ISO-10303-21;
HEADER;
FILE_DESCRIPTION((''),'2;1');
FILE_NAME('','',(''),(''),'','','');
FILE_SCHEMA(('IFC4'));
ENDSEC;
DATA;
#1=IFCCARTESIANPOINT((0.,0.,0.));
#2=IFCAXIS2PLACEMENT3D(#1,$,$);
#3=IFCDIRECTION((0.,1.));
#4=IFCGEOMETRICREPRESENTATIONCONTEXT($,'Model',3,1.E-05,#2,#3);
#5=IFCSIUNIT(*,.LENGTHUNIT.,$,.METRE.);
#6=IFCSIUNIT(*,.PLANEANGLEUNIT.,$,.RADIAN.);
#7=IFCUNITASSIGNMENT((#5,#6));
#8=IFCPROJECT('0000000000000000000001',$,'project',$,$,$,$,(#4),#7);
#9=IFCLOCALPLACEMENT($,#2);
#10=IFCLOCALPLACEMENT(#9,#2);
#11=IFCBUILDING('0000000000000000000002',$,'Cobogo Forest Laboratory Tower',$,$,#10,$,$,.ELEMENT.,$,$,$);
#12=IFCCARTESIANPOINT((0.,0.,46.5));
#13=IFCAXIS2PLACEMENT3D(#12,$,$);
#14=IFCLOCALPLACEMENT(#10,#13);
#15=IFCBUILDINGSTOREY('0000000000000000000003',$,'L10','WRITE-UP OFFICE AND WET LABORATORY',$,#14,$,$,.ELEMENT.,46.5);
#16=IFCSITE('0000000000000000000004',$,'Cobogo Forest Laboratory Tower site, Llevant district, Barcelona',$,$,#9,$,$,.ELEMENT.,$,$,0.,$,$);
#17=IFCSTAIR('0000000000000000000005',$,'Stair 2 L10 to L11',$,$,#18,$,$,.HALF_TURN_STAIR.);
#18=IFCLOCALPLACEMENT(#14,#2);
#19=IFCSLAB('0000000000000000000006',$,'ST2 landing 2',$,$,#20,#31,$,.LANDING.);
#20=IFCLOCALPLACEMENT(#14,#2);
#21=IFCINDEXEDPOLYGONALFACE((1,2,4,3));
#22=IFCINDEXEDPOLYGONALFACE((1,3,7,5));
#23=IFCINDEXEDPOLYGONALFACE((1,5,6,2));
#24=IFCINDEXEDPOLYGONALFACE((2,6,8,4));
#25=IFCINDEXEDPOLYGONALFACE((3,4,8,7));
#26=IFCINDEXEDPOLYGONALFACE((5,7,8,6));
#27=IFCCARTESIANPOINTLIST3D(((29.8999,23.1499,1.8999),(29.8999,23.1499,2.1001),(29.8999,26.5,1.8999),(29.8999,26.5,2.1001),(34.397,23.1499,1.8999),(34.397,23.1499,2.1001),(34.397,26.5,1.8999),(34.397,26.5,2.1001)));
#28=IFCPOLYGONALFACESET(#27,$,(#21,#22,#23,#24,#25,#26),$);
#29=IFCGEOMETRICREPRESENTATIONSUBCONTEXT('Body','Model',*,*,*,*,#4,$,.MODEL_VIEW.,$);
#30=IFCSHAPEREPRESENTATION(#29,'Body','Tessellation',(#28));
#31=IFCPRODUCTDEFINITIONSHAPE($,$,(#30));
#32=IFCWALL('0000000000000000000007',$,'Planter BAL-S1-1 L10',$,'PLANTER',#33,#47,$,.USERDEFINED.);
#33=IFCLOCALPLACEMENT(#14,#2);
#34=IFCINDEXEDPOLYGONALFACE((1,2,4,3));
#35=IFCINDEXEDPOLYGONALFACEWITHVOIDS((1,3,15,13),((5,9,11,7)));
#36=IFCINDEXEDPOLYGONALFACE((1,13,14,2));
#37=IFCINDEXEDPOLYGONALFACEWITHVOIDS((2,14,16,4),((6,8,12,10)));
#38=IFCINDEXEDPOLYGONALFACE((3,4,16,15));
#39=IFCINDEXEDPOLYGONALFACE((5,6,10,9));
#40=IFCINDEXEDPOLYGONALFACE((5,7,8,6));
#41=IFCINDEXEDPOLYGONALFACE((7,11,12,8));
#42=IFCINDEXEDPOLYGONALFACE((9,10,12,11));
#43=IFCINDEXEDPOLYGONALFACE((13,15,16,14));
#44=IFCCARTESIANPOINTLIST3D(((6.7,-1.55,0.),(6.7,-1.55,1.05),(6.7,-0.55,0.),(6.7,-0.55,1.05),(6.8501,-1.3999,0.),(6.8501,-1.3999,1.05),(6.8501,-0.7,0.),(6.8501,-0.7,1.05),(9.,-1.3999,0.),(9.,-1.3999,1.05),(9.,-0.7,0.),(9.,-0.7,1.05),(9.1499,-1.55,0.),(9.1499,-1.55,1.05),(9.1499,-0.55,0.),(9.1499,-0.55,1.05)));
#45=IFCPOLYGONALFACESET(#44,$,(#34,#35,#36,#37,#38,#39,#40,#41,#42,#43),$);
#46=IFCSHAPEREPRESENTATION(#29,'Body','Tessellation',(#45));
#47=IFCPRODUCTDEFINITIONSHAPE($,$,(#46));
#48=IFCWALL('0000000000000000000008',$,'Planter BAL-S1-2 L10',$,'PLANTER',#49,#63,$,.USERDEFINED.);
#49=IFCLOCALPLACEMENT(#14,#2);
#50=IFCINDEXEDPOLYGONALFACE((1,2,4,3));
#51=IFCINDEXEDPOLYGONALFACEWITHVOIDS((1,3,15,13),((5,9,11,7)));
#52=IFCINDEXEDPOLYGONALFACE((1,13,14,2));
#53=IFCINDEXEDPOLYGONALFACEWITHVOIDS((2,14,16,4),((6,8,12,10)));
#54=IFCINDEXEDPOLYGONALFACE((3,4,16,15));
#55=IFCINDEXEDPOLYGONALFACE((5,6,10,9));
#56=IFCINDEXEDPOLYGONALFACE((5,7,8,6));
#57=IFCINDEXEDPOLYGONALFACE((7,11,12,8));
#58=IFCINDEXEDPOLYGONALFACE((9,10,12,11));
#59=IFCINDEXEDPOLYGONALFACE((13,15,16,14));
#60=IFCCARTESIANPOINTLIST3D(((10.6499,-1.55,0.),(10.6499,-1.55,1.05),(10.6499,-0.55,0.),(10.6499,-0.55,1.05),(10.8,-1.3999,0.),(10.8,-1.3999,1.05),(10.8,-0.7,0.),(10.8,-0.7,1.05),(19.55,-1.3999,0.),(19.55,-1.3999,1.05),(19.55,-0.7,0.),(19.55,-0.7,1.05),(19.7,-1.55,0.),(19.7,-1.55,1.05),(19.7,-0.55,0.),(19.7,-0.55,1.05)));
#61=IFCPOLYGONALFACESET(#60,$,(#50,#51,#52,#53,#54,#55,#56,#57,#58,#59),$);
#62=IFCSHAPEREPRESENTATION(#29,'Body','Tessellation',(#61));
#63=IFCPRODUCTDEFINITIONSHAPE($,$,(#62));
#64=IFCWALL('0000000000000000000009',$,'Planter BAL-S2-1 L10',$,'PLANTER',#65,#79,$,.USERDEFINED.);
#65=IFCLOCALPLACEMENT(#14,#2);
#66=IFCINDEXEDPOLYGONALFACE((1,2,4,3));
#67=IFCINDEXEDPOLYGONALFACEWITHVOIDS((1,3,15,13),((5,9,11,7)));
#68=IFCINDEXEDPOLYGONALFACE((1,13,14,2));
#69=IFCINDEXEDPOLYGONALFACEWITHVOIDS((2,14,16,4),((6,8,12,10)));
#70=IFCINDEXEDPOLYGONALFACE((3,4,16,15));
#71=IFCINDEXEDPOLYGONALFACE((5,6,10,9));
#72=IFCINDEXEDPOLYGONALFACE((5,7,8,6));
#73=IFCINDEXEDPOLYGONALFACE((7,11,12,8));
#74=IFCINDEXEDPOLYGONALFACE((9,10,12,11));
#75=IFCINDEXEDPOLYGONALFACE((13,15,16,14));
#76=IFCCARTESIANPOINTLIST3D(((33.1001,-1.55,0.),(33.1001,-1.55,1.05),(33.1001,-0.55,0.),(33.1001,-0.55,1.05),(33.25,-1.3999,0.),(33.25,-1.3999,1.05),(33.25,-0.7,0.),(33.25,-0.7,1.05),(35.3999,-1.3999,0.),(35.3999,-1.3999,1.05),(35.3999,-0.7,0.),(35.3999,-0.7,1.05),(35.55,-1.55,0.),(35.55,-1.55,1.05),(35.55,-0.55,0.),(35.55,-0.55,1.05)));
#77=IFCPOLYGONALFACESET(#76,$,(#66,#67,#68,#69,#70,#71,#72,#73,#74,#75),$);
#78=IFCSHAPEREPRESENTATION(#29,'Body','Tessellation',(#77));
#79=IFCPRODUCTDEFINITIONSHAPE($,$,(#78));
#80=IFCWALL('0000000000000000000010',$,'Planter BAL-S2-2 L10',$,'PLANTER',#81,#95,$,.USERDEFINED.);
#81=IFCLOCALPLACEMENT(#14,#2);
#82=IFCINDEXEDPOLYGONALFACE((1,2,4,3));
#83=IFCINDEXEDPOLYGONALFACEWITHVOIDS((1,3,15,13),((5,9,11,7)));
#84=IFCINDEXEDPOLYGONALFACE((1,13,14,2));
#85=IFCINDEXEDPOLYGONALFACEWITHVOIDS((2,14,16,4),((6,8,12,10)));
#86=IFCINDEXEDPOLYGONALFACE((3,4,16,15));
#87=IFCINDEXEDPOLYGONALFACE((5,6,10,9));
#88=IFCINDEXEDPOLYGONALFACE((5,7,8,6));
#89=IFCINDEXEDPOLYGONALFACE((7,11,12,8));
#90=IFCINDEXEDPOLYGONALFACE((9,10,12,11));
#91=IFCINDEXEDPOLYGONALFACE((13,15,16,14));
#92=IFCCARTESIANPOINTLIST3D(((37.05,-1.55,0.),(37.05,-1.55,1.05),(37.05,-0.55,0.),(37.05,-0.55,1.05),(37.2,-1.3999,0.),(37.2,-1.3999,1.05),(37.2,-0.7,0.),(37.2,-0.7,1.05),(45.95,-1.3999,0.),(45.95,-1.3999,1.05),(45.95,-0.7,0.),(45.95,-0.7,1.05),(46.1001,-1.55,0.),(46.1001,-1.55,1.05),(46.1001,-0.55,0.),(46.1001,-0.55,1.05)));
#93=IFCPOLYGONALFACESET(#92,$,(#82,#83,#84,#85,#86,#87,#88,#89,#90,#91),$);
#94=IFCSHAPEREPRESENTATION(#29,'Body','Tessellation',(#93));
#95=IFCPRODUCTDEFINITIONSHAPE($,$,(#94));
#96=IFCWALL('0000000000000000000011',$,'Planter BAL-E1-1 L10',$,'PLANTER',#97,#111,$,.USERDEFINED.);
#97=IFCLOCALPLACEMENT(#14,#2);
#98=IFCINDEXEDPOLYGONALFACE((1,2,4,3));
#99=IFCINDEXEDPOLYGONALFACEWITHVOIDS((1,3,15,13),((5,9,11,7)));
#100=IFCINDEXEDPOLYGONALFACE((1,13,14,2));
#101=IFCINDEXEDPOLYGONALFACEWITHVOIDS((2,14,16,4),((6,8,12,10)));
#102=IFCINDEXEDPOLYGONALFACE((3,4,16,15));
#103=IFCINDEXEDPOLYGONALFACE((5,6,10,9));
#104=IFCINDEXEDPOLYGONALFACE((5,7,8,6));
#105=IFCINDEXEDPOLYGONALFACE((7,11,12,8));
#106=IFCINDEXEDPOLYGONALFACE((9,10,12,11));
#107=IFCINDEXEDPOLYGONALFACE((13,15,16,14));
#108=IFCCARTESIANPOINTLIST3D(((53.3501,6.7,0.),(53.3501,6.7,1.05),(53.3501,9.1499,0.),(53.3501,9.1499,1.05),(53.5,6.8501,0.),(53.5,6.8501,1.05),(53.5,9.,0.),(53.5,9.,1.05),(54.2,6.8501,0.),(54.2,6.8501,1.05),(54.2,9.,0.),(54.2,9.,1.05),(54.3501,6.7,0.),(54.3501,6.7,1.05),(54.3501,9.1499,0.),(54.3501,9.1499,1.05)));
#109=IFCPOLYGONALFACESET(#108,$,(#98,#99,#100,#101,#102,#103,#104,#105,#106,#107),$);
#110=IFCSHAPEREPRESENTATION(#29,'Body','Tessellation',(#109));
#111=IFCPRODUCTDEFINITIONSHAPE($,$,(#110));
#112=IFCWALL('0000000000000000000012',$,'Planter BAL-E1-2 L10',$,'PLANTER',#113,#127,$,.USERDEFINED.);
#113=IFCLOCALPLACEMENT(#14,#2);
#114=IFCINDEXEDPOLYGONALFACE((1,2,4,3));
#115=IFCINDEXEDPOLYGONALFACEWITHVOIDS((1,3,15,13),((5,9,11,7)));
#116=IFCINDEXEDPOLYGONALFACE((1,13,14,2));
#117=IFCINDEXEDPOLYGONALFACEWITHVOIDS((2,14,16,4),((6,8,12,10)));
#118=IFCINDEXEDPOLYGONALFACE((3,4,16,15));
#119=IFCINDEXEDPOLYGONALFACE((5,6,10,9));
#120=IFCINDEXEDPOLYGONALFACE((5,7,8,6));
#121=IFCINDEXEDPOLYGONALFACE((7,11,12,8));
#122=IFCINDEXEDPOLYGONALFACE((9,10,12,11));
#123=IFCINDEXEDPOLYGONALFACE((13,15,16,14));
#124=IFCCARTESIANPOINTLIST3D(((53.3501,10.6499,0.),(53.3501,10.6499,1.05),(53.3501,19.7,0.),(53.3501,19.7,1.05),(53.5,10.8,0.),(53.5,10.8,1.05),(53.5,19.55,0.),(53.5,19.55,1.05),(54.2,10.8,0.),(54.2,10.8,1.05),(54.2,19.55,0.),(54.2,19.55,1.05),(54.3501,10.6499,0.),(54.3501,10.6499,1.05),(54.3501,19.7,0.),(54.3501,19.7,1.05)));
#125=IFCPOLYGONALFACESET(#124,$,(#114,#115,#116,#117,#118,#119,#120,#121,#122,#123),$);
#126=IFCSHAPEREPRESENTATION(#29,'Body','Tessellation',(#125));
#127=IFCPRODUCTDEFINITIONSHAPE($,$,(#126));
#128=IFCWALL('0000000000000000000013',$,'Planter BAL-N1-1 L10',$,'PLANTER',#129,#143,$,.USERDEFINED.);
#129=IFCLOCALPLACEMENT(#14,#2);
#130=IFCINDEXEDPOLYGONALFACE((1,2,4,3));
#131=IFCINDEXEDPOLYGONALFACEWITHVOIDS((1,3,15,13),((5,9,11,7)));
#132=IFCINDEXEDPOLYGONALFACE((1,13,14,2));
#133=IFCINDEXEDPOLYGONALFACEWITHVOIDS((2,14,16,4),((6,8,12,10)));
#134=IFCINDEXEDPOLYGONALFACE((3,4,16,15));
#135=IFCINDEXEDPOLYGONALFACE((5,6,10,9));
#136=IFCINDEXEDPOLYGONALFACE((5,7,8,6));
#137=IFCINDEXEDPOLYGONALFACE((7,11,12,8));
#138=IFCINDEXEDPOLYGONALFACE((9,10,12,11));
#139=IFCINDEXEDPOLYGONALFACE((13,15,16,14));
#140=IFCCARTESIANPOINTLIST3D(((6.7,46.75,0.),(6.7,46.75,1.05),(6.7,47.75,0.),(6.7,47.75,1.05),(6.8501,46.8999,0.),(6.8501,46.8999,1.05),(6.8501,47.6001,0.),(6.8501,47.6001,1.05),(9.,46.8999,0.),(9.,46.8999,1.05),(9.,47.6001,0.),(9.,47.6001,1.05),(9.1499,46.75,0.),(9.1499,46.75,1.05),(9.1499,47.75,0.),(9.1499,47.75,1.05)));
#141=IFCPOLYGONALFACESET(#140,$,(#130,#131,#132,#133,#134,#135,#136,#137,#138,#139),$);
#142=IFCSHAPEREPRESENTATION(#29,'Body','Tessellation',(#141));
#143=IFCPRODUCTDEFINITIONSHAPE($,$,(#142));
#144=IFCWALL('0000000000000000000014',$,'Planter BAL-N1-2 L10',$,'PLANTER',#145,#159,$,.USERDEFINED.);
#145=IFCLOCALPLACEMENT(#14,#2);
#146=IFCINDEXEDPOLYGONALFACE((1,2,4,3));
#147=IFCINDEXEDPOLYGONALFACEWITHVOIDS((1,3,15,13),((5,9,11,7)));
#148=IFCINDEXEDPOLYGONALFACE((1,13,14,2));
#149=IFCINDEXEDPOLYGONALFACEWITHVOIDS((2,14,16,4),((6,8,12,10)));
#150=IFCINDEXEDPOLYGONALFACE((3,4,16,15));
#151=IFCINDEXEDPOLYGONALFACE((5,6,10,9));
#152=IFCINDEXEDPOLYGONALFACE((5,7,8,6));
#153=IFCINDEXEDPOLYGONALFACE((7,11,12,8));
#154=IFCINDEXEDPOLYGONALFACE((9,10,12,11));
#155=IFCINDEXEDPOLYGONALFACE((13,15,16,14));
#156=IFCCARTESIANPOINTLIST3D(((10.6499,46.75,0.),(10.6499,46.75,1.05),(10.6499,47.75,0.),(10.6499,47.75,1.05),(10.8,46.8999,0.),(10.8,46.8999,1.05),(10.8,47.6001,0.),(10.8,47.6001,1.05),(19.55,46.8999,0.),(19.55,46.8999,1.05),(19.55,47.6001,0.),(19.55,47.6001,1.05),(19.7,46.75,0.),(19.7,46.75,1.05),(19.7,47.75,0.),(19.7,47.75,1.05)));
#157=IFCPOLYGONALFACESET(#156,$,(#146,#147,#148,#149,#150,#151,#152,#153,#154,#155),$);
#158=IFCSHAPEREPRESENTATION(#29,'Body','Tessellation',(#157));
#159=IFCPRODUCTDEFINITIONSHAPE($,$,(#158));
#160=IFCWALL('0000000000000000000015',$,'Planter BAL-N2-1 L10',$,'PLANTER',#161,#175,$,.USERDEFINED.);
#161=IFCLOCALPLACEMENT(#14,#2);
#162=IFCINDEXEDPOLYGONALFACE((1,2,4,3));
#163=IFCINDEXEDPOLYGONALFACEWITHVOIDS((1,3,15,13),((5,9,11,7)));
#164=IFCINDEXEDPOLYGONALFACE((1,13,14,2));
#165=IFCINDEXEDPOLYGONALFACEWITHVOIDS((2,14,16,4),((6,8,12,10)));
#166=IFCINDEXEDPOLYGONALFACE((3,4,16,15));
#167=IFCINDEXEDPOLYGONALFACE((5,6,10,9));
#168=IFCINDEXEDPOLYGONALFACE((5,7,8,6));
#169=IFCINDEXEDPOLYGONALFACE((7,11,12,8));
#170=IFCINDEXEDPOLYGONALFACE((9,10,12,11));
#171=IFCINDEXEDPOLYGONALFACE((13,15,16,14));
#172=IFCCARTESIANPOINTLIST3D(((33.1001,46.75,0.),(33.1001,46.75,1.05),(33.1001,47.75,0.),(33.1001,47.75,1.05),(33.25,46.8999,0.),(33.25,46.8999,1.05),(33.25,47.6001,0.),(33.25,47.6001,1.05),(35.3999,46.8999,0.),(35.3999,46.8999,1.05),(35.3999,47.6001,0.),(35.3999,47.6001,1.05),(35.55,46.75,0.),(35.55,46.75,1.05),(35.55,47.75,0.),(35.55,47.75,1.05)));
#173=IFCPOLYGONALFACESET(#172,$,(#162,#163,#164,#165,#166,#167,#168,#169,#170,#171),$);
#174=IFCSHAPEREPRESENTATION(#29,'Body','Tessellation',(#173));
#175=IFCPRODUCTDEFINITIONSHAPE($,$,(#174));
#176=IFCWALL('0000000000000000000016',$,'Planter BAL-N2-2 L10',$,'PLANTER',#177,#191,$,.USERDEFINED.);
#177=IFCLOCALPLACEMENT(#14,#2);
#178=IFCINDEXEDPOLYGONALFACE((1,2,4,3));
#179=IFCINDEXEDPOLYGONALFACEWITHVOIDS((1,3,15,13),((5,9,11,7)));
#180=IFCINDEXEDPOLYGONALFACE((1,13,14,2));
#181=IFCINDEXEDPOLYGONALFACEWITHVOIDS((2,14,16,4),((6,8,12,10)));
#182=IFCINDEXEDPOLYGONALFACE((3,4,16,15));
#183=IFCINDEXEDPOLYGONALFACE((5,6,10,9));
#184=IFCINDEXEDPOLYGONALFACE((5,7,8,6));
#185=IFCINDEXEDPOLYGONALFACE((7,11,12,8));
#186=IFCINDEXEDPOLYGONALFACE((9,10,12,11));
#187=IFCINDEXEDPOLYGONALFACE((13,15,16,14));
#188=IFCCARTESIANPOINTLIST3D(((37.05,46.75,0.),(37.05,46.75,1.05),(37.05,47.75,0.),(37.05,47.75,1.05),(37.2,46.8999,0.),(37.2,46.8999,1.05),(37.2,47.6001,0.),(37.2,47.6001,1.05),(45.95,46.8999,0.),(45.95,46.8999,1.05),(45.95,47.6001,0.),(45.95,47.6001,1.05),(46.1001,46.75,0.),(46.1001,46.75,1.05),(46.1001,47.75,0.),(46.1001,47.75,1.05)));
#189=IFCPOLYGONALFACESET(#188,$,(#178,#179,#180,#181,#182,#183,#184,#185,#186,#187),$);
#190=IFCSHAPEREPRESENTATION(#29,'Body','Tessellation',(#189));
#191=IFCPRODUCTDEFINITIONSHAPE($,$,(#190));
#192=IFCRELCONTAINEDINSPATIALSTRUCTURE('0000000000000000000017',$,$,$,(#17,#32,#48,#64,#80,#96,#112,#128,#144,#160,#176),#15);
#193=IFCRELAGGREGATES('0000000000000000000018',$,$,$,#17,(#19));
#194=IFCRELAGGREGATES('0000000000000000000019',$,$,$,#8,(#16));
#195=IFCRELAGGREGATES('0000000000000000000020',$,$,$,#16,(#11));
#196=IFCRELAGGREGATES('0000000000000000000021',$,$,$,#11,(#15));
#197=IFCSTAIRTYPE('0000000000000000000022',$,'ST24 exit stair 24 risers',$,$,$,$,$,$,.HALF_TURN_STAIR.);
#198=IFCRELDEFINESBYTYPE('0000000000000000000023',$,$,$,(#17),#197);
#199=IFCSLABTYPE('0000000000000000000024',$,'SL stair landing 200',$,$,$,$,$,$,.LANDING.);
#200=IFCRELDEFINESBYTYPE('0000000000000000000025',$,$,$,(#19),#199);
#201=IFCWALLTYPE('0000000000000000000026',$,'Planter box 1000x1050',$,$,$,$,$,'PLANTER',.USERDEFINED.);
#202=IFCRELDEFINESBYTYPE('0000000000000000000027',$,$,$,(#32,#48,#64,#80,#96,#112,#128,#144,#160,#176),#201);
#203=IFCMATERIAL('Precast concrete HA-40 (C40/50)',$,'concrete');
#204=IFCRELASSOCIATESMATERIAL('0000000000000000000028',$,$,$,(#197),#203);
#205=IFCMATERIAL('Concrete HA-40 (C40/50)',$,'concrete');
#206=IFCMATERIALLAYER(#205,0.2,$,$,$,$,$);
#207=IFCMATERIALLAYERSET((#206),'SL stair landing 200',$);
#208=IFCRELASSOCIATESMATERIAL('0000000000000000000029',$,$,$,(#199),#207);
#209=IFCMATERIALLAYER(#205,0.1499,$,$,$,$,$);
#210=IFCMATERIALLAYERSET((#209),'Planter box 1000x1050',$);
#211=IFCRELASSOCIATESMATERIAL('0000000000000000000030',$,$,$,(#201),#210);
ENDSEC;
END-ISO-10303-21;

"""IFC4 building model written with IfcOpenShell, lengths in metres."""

from ifc_helpers import new_model, si_unit, direction, frame, origin, place, context, subcontext, project, spatial, polyline, outline, extrude, material, layer, layer_set, type_object, element, aggregate, save


model = new_model("IFC4")

# Units and contexts
model_context = context("Model", 3, precision=1e-05, world=origin(), true_north=direction((0.0, 1.0)))
body_context = subcontext(model_context, "Body", "Model", "MODEL_VIEW")
ifc_project = project(units=[si_unit("LENGTHUNIT", "METRE"), si_unit("PLANEANGLEUNIT", "RADIAN")], contexts=[model_context])

# Site, building, storey
site_placement = place(None, origin())
site = spatial("IfcSite", under=ifc_project, at=site_placement, Name="Cobogo Forest Laboratory Tower site, Llevant district, Barcelona", CompositionType="ELEMENT", RefElevation=0.0)
building_placement = place(site_placement, origin())
building = spatial("IfcBuilding", under=site, at=building_placement, Name="Cobogo Forest Laboratory Tower", CompositionType="ELEMENT")
storey_placement = place(building_placement, frame((0.0, 0.0, 46.5)))
storey = spatial("IfcBuildingStorey", under=building, at=storey_placement, Name="L10", Description="WRITE-UP OFFICE AND WET LABORATORY", CompositionType="ELEMENT", Elevation=46.5)

# Shared definitions
ifc_material_1 = material(Name="Concrete HA-40 (C40/50)", Category="concrete")

# Stair, slab
ifc_material_2 = material(Name="Precast concrete HA-40 (C40/50)", Category="concrete")
stair_type = type_object("IfcStairType", Name="ST24 exit stair 24 risers", PredefinedType="HALF_TURN_STAIR", material=ifc_material_2)
ifc_layer_1 = layer(ifc_material_1, 0.2)
ifc_layer_set_1 = layer_set([ifc_layer_1], Name="SL stair landing 200")
slab_type_1 = type_object("IfcSlabType", Name="SL stair landing 200", PredefinedType="LANDING", material=ifc_layer_set_1)
stair_1_placement = place(storey_placement, origin())
stair_1 = element("IfcStair", 1, at=stair_1_placement, inside=storey, type_object=stair_type, Name="Stair 2 L10 to L11", PredefinedType="HALF_TURN_STAIR")
slab_1_placement = place(storey_placement, frame((0.0, 0.0, 1.8999)))
slab_1 = element("IfcSlab", 2, at=slab_1_placement, type_object=slab_type_1, Name="ST2 landing 2", PredefinedType="LANDING", context=body_context, shape_type="SweptSolid", body=[
    extrude(outline(polyline([(29.8999, 23.1499), (34.397, 23.1499), (34.397, 26.5), (29.8999, 26.5), (29.8999, 23.1499)])), origin(), (0.0, 0.0, 1.0), 0.2002),
])
aggregate(stair_1, [slab_1])

# Walls
ifc_layer_2 = layer(ifc_material_1, 0.1499)
ifc_layer_set_2 = layer_set([ifc_layer_2], Name="Planter box 1000x1050")
wall_type = type_object("IfcWallType", Name="Planter box 1000x1050", ElementType="PLANTER", PredefinedType="USERDEFINED", material=ifc_layer_set_2)
wall_1_placement = place(storey_placement, origin())
element("IfcWall", 3, at=wall_1_placement, inside=storey, type_object=wall_type, Name="Planter BAL-S1-1 L10", ObjectType="PLANTER", PredefinedType="USERDEFINED", context=body_context, shape_type="SweptSolid", body=[
    extrude(outline(polyline([(6.7, -1.55), (9.1499, -1.55), (9.1499, -0.55), (6.7, -0.55), (6.7, -1.55)]), holes=[polyline([(6.8501, -1.3999), (9.0, -1.3999), (9.0, -0.7), (6.8501, -0.7), (6.8501, -1.3999)])]), origin(), (0.0, 0.0, 1.0), 1.05),
])
wall_2_placement = place(storey_placement, origin())
element("IfcWall", 4, at=wall_2_placement, inside=storey, type_object=wall_type, Name="Planter BAL-S1-2 L10", ObjectType="PLANTER", PredefinedType="USERDEFINED", context=body_context, shape_type="SweptSolid", body=[
    extrude(outline(polyline([(10.6499, -1.55), (19.7, -1.55), (19.7, -0.55), (10.6499, -0.55), (10.6499, -1.55)]), holes=[polyline([(10.8, -1.3999), (19.55, -1.3999), (19.55, -0.7), (10.8, -0.7), (10.8, -1.3999)])]), origin(), (0.0, 0.0, 1.0), 1.05),
])
wall_3_placement = place(storey_placement, origin())
element("IfcWall", 5, at=wall_3_placement, inside=storey, type_object=wall_type, Name="Planter BAL-S2-1 L10", ObjectType="PLANTER", PredefinedType="USERDEFINED", context=body_context, shape_type="SweptSolid", body=[
    extrude(outline(polyline([(33.1001, -1.55), (35.55, -1.55), (35.55, -0.55), (33.1001, -0.55), (33.1001, -1.55)]), holes=[polyline([(33.25, -1.3999), (35.3999, -1.3999), (35.3999, -0.7), (33.25, -0.7), (33.25, -1.3999)])]), origin(), (0.0, 0.0, 1.0), 1.05),
])
wall_4_placement = place(storey_placement, origin())
element("IfcWall", 6, at=wall_4_placement, inside=storey, type_object=wall_type, Name="Planter BAL-S2-2 L10", ObjectType="PLANTER", PredefinedType="USERDEFINED", context=body_context, shape_type="SweptSolid", body=[
    extrude(outline(polyline([(37.05, -1.55), (46.1001, -1.55), (46.1001, -0.55), (37.05, -0.55), (37.05, -1.55)]), holes=[polyline([(37.2, -1.3999), (45.95, -1.3999), (45.95, -0.7), (37.2, -0.7), (37.2, -1.3999)])]), origin(), (0.0, 0.0, 1.0), 1.05),
])
wall_5_placement = place(storey_placement, origin())
element("IfcWall", 7, at=wall_5_placement, inside=storey, type_object=wall_type, Name="Planter BAL-E1-1 L10", ObjectType="PLANTER", PredefinedType="USERDEFINED", context=body_context, shape_type="SweptSolid", body=[
    extrude(outline(polyline([(53.3501, 6.7), (54.3501, 6.7), (54.3501, 9.1499), (53.3501, 9.1499), (53.3501, 6.7)]), holes=[polyline([(53.5, 6.8501), (54.2, 6.8501), (54.2, 9.0), (53.5, 9.0), (53.5, 6.8501)])]), origin(), (0.0, 0.0, 1.0), 1.05),
])
wall_6_placement = place(storey_placement, origin())
element("IfcWall", 8, at=wall_6_placement, inside=storey, type_object=wall_type, Name="Planter BAL-E1-2 L10", ObjectType="PLANTER", PredefinedType="USERDEFINED", context=body_context, shape_type="SweptSolid", body=[
    extrude(outline(polyline([(53.3501, 10.6499), (54.3501, 10.6499), (54.3501, 19.7), (53.3501, 19.7), (53.3501, 10.6499)]), holes=[polyline([(53.5, 10.8), (54.2, 10.8), (54.2, 19.55), (53.5, 19.55), (53.5, 10.8)])]), origin(), (0.0, 0.0, 1.0), 1.05),
])
wall_7_placement = place(storey_placement, origin())
element("IfcWall", 9, at=wall_7_placement, inside=storey, type_object=wall_type, Name="Planter BAL-N1-1 L10", ObjectType="PLANTER", PredefinedType="USERDEFINED", context=body_context, shape_type="SweptSolid", body=[
    extrude(outline(polyline([(6.7, 46.75), (9.1499, 46.75), (9.1499, 47.75), (6.7, 47.75), (6.7, 46.75)]), holes=[polyline([(6.8501, 46.8999), (9.0, 46.8999), (9.0, 47.6001), (6.8501, 47.6001), (6.8501, 46.8999)])]), origin(), (0.0, 0.0, 1.0), 1.05),
])
wall_8_placement = place(storey_placement, origin())
element("IfcWall", 10, at=wall_8_placement, inside=storey, type_object=wall_type, Name="Planter BAL-N1-2 L10", ObjectType="PLANTER", PredefinedType="USERDEFINED", context=body_context, shape_type="SweptSolid", body=[
    extrude(outline(polyline([(10.6499, 46.75), (19.7, 46.75), (19.7, 47.75), (10.6499, 47.75), (10.6499, 46.75)]), holes=[polyline([(10.8, 46.8999), (19.55, 46.8999), (19.55, 47.6001), (10.8, 47.6001), (10.8, 46.8999)])]), origin(), (0.0, 0.0, 1.0), 1.05),
])
wall_9_placement = place(storey_placement, origin())
element("IfcWall", 11, at=wall_9_placement, inside=storey, type_object=wall_type, Name="Planter BAL-N2-1 L10", ObjectType="PLANTER", PredefinedType="USERDEFINED", context=body_context, shape_type="SweptSolid", body=[
    extrude(outline(polyline([(33.1001, 46.75), (35.55, 46.75), (35.55, 47.75), (33.1001, 47.75), (33.1001, 46.75)]), holes=[polyline([(33.25, 46.8999), (35.3999, 46.8999), (35.3999, 47.6001), (33.25, 47.6001), (33.25, 46.8999)])]), origin(), (0.0, 0.0, 1.0), 1.05),
])
wall_10_placement = place(storey_placement, origin())
element("IfcWall", 12, at=wall_10_placement, inside=storey, type_object=wall_type, Name="Planter BAL-N2-2 L10", ObjectType="PLANTER", PredefinedType="USERDEFINED", context=body_context, shape_type="SweptSolid", body=[
    extrude(outline(polyline([(37.05, 46.75), (46.1001, 46.75), (46.1001, 47.75), (37.05, 47.75), (37.05, 46.75)]), holes=[polyline([(37.2, 46.8999), (45.95, 46.8999), (45.95, 47.6001), (37.2, 47.6001), (37.2, 46.8999)])]), origin(), (0.0, 0.0, 1.0), 1.05),
])

save(model, "model.ifc")
